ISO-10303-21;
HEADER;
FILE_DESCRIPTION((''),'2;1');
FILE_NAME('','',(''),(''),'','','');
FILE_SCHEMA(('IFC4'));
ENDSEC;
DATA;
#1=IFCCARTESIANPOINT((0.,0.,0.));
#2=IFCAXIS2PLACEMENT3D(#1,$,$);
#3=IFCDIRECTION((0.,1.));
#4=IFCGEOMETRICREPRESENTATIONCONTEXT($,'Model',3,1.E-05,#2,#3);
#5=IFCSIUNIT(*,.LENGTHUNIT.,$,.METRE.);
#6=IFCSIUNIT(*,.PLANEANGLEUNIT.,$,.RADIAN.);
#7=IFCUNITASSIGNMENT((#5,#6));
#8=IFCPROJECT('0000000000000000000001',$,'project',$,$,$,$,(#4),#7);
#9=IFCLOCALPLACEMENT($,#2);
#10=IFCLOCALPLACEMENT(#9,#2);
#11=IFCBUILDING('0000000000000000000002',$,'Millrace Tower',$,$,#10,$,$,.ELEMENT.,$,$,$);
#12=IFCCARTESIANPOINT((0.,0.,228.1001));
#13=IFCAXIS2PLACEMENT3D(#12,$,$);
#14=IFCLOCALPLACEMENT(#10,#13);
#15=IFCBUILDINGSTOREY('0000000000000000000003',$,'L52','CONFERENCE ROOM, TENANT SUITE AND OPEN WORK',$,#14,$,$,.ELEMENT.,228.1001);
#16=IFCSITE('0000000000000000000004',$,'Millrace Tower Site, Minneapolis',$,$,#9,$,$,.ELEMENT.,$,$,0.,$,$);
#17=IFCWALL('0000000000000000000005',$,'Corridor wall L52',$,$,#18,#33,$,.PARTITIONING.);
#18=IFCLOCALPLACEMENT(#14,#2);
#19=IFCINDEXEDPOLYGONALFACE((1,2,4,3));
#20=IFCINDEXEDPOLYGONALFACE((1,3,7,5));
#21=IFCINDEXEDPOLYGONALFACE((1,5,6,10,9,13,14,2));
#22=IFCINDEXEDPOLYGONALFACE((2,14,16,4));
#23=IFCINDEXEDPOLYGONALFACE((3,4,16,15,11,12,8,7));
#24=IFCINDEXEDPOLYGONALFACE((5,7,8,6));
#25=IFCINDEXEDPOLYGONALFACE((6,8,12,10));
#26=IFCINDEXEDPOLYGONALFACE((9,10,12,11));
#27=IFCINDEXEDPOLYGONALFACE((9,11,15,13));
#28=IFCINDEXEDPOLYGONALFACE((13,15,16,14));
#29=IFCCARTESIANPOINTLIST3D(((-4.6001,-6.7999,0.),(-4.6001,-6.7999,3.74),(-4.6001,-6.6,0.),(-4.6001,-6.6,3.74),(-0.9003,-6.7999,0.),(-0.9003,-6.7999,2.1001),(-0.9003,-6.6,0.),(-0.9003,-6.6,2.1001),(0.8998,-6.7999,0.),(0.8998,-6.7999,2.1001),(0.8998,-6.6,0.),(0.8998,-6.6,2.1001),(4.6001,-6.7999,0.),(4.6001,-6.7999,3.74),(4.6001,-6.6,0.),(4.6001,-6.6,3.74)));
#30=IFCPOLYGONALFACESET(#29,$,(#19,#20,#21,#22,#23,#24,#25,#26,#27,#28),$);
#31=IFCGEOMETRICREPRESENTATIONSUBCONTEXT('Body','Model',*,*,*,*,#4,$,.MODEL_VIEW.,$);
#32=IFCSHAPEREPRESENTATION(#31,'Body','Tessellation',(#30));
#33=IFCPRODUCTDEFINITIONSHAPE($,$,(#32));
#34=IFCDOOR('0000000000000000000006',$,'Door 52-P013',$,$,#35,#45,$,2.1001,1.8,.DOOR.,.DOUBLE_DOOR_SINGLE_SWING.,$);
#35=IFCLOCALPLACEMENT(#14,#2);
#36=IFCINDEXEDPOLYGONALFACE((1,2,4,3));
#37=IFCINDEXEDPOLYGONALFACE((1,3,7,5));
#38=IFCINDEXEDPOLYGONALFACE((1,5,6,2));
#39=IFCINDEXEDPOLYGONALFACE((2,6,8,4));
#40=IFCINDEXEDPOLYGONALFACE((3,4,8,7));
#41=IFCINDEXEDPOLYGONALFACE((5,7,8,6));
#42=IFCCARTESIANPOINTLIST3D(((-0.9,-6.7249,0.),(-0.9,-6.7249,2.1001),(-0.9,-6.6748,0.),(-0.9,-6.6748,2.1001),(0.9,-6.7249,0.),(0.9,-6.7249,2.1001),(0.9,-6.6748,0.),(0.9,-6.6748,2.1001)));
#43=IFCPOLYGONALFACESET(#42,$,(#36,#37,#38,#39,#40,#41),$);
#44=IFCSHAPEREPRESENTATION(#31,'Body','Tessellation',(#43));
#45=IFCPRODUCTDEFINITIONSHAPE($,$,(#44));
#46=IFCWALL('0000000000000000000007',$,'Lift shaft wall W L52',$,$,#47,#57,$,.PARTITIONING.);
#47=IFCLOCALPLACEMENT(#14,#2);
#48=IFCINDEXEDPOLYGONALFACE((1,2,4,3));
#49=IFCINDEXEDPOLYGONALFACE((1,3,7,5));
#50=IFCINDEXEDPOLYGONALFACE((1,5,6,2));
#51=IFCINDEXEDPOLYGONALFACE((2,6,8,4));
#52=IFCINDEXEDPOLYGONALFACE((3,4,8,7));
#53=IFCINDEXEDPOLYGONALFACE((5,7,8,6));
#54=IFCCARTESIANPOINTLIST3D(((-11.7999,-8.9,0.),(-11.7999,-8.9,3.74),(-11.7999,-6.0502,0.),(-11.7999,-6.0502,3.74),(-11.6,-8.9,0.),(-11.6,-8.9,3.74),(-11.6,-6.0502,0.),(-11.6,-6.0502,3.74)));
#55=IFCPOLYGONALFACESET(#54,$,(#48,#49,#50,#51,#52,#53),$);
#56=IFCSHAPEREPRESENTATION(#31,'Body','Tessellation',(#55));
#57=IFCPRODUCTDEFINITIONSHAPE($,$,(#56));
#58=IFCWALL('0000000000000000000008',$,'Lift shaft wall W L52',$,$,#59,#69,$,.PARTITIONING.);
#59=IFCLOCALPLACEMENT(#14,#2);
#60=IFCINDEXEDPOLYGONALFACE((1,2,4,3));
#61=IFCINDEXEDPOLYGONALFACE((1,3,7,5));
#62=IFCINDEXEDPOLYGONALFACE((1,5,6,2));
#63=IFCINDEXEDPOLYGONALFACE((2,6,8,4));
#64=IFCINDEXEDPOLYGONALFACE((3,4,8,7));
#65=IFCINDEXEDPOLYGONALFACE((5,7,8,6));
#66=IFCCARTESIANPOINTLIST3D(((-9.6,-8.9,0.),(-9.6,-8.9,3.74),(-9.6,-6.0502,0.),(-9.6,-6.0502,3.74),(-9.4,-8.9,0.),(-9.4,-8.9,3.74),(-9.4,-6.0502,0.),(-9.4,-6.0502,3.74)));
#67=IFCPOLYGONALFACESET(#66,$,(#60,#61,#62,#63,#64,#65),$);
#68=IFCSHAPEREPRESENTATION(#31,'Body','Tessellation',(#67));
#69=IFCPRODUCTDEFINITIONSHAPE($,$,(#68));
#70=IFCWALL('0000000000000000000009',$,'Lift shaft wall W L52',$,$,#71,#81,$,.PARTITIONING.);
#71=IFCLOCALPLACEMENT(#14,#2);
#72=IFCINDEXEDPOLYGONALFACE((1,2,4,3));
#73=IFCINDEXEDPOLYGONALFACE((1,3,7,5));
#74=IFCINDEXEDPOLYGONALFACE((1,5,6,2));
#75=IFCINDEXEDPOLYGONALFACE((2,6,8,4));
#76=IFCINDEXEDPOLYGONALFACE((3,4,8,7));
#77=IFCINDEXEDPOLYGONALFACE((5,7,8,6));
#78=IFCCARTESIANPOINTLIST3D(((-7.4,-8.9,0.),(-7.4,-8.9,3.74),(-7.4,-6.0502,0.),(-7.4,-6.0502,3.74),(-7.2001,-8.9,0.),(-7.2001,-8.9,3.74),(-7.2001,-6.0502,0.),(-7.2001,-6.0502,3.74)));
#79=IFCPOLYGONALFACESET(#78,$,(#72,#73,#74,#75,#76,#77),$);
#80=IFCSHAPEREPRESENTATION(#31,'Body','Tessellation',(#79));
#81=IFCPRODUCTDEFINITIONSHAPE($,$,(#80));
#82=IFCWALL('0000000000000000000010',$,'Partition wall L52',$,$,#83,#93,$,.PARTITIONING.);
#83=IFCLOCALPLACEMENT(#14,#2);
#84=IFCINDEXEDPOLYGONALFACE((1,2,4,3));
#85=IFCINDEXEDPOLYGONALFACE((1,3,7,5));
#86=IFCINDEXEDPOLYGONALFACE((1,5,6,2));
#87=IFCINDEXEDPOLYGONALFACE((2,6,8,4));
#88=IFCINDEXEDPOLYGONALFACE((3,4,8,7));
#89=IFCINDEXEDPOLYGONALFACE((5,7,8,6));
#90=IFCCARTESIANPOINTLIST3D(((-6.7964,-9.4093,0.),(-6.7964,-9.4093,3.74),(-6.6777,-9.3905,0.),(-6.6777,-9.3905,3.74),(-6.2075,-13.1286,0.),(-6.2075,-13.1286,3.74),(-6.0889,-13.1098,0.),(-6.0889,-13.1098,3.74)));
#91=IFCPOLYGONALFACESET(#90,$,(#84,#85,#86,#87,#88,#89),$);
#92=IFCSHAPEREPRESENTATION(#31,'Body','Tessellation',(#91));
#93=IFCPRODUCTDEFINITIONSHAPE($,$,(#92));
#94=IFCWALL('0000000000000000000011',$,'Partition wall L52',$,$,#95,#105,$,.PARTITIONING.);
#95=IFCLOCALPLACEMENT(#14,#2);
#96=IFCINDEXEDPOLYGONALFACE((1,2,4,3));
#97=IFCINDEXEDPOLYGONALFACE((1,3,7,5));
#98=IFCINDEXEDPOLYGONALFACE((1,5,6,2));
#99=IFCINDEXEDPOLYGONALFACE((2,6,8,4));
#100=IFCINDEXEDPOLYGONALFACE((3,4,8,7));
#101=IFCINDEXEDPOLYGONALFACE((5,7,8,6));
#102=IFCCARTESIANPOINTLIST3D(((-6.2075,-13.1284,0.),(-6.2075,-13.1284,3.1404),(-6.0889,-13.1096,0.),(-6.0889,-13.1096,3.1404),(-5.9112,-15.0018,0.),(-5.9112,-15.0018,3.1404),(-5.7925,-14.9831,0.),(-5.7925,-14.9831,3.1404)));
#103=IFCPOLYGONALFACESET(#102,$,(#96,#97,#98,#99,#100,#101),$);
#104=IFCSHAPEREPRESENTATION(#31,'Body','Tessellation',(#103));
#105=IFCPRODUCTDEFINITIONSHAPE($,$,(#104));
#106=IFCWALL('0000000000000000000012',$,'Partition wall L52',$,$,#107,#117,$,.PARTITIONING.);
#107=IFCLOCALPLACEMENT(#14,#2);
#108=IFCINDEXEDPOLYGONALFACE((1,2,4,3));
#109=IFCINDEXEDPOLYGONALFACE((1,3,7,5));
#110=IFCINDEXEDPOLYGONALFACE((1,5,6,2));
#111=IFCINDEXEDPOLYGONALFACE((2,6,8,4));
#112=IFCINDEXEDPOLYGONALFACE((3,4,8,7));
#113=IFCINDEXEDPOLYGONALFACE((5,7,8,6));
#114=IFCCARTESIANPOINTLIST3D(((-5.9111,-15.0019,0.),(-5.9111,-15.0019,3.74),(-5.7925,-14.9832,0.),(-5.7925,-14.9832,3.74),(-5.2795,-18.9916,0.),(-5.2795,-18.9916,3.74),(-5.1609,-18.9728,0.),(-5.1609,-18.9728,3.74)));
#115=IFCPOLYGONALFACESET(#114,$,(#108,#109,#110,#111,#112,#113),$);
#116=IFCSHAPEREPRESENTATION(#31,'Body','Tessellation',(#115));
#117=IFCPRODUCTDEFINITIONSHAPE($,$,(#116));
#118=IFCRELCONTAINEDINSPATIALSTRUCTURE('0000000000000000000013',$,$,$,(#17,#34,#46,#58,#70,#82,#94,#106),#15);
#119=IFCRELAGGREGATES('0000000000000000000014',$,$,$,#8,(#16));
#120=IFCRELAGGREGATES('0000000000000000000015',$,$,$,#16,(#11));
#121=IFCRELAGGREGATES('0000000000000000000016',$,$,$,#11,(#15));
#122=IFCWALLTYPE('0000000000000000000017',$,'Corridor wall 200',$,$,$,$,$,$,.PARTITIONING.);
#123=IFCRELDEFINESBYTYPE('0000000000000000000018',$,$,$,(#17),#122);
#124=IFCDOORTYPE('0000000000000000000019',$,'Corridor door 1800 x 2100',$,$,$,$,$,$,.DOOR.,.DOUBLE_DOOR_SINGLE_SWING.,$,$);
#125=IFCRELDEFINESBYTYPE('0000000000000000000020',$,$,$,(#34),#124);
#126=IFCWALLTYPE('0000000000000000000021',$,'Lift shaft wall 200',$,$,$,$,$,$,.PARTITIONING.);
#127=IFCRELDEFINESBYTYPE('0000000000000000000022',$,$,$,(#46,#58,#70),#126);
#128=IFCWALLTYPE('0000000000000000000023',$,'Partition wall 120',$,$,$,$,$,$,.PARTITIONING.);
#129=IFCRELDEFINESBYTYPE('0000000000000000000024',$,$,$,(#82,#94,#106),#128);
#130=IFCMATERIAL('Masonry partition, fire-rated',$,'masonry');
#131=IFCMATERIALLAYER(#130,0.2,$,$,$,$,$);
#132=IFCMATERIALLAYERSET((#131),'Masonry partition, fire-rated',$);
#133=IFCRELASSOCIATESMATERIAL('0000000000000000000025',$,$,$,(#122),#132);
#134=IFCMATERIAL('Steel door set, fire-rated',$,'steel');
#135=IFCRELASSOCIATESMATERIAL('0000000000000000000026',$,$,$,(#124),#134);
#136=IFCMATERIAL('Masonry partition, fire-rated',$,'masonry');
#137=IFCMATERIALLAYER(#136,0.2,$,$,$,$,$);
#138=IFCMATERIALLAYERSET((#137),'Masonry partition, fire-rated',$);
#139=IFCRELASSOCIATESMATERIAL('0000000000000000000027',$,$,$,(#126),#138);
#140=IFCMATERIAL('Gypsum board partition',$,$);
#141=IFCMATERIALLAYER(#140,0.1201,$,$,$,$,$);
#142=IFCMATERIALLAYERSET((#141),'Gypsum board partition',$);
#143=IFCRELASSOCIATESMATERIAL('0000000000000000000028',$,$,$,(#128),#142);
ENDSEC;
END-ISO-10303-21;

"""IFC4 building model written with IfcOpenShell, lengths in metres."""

from ifc_helpers import new_model, si_unit, direction, frame, frame_2d, origin, place, context, subcontext, project, spatial, rectangle, extrude, material, layer, layer_set, type_object, element, fill, save


model = new_model("IFC4")

# Units and contexts
model_context = context("Model", 3, precision=1e-05, world=origin(), true_north=direction((0.0, 1.0)))
body_context = subcontext(model_context, "Body", "Model", "MODEL_VIEW")
ifc_project = project(units=[si_unit("LENGTHUNIT", "METRE"), si_unit("PLANEANGLEUNIT", "RADIAN")], contexts=[model_context])

# Site, building, storey
site_placement = place(None, origin())
site = spatial("IfcSite", under=ifc_project, at=site_placement, Name="Millrace Tower Site, Minneapolis", CompositionType="ELEMENT", RefElevation=0.0)
building_placement = place(site_placement, origin())
building = spatial("IfcBuilding", under=site, at=building_placement, Name="Millrace Tower", CompositionType="ELEMENT")
storey_placement = place(building_placement, frame((0.0, 0.0, 228.1001)))
storey = spatial("IfcBuildingStorey", under=building, at=storey_placement, Name="L52", Description="CONFERENCE ROOM, TENANT SUITE AND OPEN WORK", CompositionType="ELEMENT", Elevation=228.1001)

# Wall, opening, door
ifc_material_1 = material(Name="Masonry partition, fire-rated", Category="masonry")
ifc_layer_1 = layer(ifc_material_1, 0.2)
ifc_layer_set_1 = layer_set([ifc_layer_1], Name="Masonry partition, fire-rated")
wall_type_1 = type_object("IfcWallType", Name="Corridor wall 200", PredefinedType="PARTITIONING", material=ifc_layer_set_1)
wall_1_placement = place(storey_placement, frame((-4.6001, -6.7, 0.0), z_axis=(0.0, 0.0, 1.0), x_axis=(1.0, 0.0, 0.0)))
wall_1 = element("IfcWall", 1, at=wall_1_placement, inside=storey, type_object=wall_type_1, Name="Corridor wall L52", PredefinedType="PARTITIONING", context=body_context, shape_type="SweptSolid", body=[
    extrude(rectangle(XDim=9.2002, YDim=0.2, at=frame_2d((4.6001, 0.0))), origin(), (0.0, 0.0, 1.0), 3.74),
])
opening_placement = place(wall_1_placement, frame((3.7, 0.0, 0.0)))
opening = element("IfcOpeningElement", 2, at=opening_placement, cuts=wall_1, PredefinedType="OPENING", context=body_context, shape_type="SweptSolid", body=[
    extrude(rectangle(XDim=1.8, YDim=2.1001, at=frame_2d((0.8999, 1.05))), frame((0.0, 0.1099, 0.0), z_axis=(0.0, -1.0, 0.0), x_axis=(1.0, 0.0, 0.0)), (0.0, 0.0, 1.0), 0.22),
])
ifc_material_2 = material(Name="Steel door set, fire-rated", Category="steel")
door_type = type_object("IfcDoorType", Name="Corridor door 1800 x 2100", OperationType="DOUBLE_DOOR_SINGLE_SWING", PredefinedType="DOOR", material=ifc_material_2)
door_placement = place(opening_placement, frame((1.8, 0.0, 0.0), z_axis=(0.0, 0.0, 1.0), x_axis=(-1.0, 0.0, 0.0)))
door = element("IfcDoor", 3, at=door_placement, inside=storey, type_object=door_type, Name="Door 52-P013", OperationType="DOUBLE_DOOR_SINGLE_SWING", OverallHeight=2.1001, OverallWidth=1.8, PredefinedType="DOOR", context=body_context, shape_type="SweptSolid", body=[
    extrude(rectangle(XDim=1.8, YDim=2.1001, at=frame_2d((0.8999, 1.05))), frame((0.0, 0.0249, 0.0), z_axis=(0.0, -1.0, 0.0), x_axis=(1.0, 0.0, 0.0)), (0.0, 0.0, 1.0), 0.05),
])
fill(opening, door)

# Walls
ifc_material_3 = material(Name="Masonry partition, fire-rated", Category="masonry")
ifc_layer_2 = layer(ifc_material_3, 0.2)
ifc_layer_set_2 = layer_set([ifc_layer_2], Name="Masonry partition, fire-rated")
wall_type_2 = type_object("IfcWallType", Name="Lift shaft wall 200", PredefinedType="PARTITIONING", material=ifc_layer_set_2)
for number, where, z_axis, x_axis, name in (
    (4, (-11.7, -8.8999, 0.0), (0.0, 0.0, 1.0), (0.0, 1.0, 0.0), "Lift shaft wall W L52"),
    (5, (-9.5, -8.8999, 0.0), (0.0, 0.0, 1.0), (0.0, 1.0, 0.0), "Lift shaft wall W L52"),
    (6, (-7.3, -8.8999, 0.0), (0.0, 0.0, 1.0), (0.0, 1.0, 0.0), "Lift shaft wall W L52"),
):
    element("IfcWall", number, at=place(storey_placement, frame(where, z_axis=z_axis, x_axis=x_axis)), inside=storey, type_object=wall_type_2, Name=name, PredefinedType="PARTITIONING", context=body_context, shape_type="SweptSolid", body=[
        extrude(rectangle(XDim=2.8499, YDim=0.2, at=frame_2d((1.4248, 0.0))), origin(), (0.0, 0.0, 1.0), 3.74),
    ])
ifc_material_4 = material(Name="Gypsum board partition")
ifc_layer_3 = layer(ifc_material_4, 0.1201)
ifc_layer_set_3 = layer_set([ifc_layer_3], Name="Gypsum board partition")
wall_type_3 = type_object("IfcWallType", Name="Partition wall 120", PredefinedType="PARTITIONING", material=ifc_layer_set_3)
wall_2_placement = place(storey_placement, frame((-6.7371, -9.3999, 0.0), z_axis=(0.0, 0.0, 1.0), x_axis=(0.156382, -0.987697, 0.0)))
element("IfcWall", 7, at=wall_2_placement, inside=storey, type_object=wall_type_3, Name="Partition wall L52", PredefinedType="PARTITIONING", context=body_context, shape_type="SweptSolid", body=[
    extrude(rectangle(XDim=3.7656, YDim=0.1201, at=frame_2d((1.8828, 0.0))), origin(), (0.0, 0.0, 1.0), 3.74),
])
wall_3_placement = place(storey_placement, frame((-6.1482, -13.1191, 0.0), z_axis=(0.0, 0.0, 1.0), x_axis=(0.156253, -0.987717, 0.0)))
element("IfcWall", 8, at=wall_3_placement, inside=storey, type_object=wall_type_3, Name="Partition wall L52", PredefinedType="PARTITIONING", context=body_context, shape_type="SweptSolid", body=[
    extrude(rectangle(XDim=1.8967, YDim=0.1201, at=frame_2d((0.9482, 0.0))), origin(), (0.0, 0.0, 1.0), 3.1404),
])
wall_4_placement = place(storey_placement, frame((-5.8518, -14.9927, 0.0), z_axis=(0.0, 0.0, 1.0), x_axis=(0.156366, -0.987699, 0.0)))
element("IfcWall", 9, at=wall_4_placement, inside=storey, type_object=wall_type_3, Name="Partition wall L52", PredefinedType="PARTITIONING", context=body_context, shape_type="SweptSolid", body=[
    extrude(rectangle(XDim=4.0393, YDim=0.1201, at=frame_2d((2.0195, 0.0))), origin(), (0.0, 0.0, 1.0), 3.74),
])

save(model, "model.ifc")
